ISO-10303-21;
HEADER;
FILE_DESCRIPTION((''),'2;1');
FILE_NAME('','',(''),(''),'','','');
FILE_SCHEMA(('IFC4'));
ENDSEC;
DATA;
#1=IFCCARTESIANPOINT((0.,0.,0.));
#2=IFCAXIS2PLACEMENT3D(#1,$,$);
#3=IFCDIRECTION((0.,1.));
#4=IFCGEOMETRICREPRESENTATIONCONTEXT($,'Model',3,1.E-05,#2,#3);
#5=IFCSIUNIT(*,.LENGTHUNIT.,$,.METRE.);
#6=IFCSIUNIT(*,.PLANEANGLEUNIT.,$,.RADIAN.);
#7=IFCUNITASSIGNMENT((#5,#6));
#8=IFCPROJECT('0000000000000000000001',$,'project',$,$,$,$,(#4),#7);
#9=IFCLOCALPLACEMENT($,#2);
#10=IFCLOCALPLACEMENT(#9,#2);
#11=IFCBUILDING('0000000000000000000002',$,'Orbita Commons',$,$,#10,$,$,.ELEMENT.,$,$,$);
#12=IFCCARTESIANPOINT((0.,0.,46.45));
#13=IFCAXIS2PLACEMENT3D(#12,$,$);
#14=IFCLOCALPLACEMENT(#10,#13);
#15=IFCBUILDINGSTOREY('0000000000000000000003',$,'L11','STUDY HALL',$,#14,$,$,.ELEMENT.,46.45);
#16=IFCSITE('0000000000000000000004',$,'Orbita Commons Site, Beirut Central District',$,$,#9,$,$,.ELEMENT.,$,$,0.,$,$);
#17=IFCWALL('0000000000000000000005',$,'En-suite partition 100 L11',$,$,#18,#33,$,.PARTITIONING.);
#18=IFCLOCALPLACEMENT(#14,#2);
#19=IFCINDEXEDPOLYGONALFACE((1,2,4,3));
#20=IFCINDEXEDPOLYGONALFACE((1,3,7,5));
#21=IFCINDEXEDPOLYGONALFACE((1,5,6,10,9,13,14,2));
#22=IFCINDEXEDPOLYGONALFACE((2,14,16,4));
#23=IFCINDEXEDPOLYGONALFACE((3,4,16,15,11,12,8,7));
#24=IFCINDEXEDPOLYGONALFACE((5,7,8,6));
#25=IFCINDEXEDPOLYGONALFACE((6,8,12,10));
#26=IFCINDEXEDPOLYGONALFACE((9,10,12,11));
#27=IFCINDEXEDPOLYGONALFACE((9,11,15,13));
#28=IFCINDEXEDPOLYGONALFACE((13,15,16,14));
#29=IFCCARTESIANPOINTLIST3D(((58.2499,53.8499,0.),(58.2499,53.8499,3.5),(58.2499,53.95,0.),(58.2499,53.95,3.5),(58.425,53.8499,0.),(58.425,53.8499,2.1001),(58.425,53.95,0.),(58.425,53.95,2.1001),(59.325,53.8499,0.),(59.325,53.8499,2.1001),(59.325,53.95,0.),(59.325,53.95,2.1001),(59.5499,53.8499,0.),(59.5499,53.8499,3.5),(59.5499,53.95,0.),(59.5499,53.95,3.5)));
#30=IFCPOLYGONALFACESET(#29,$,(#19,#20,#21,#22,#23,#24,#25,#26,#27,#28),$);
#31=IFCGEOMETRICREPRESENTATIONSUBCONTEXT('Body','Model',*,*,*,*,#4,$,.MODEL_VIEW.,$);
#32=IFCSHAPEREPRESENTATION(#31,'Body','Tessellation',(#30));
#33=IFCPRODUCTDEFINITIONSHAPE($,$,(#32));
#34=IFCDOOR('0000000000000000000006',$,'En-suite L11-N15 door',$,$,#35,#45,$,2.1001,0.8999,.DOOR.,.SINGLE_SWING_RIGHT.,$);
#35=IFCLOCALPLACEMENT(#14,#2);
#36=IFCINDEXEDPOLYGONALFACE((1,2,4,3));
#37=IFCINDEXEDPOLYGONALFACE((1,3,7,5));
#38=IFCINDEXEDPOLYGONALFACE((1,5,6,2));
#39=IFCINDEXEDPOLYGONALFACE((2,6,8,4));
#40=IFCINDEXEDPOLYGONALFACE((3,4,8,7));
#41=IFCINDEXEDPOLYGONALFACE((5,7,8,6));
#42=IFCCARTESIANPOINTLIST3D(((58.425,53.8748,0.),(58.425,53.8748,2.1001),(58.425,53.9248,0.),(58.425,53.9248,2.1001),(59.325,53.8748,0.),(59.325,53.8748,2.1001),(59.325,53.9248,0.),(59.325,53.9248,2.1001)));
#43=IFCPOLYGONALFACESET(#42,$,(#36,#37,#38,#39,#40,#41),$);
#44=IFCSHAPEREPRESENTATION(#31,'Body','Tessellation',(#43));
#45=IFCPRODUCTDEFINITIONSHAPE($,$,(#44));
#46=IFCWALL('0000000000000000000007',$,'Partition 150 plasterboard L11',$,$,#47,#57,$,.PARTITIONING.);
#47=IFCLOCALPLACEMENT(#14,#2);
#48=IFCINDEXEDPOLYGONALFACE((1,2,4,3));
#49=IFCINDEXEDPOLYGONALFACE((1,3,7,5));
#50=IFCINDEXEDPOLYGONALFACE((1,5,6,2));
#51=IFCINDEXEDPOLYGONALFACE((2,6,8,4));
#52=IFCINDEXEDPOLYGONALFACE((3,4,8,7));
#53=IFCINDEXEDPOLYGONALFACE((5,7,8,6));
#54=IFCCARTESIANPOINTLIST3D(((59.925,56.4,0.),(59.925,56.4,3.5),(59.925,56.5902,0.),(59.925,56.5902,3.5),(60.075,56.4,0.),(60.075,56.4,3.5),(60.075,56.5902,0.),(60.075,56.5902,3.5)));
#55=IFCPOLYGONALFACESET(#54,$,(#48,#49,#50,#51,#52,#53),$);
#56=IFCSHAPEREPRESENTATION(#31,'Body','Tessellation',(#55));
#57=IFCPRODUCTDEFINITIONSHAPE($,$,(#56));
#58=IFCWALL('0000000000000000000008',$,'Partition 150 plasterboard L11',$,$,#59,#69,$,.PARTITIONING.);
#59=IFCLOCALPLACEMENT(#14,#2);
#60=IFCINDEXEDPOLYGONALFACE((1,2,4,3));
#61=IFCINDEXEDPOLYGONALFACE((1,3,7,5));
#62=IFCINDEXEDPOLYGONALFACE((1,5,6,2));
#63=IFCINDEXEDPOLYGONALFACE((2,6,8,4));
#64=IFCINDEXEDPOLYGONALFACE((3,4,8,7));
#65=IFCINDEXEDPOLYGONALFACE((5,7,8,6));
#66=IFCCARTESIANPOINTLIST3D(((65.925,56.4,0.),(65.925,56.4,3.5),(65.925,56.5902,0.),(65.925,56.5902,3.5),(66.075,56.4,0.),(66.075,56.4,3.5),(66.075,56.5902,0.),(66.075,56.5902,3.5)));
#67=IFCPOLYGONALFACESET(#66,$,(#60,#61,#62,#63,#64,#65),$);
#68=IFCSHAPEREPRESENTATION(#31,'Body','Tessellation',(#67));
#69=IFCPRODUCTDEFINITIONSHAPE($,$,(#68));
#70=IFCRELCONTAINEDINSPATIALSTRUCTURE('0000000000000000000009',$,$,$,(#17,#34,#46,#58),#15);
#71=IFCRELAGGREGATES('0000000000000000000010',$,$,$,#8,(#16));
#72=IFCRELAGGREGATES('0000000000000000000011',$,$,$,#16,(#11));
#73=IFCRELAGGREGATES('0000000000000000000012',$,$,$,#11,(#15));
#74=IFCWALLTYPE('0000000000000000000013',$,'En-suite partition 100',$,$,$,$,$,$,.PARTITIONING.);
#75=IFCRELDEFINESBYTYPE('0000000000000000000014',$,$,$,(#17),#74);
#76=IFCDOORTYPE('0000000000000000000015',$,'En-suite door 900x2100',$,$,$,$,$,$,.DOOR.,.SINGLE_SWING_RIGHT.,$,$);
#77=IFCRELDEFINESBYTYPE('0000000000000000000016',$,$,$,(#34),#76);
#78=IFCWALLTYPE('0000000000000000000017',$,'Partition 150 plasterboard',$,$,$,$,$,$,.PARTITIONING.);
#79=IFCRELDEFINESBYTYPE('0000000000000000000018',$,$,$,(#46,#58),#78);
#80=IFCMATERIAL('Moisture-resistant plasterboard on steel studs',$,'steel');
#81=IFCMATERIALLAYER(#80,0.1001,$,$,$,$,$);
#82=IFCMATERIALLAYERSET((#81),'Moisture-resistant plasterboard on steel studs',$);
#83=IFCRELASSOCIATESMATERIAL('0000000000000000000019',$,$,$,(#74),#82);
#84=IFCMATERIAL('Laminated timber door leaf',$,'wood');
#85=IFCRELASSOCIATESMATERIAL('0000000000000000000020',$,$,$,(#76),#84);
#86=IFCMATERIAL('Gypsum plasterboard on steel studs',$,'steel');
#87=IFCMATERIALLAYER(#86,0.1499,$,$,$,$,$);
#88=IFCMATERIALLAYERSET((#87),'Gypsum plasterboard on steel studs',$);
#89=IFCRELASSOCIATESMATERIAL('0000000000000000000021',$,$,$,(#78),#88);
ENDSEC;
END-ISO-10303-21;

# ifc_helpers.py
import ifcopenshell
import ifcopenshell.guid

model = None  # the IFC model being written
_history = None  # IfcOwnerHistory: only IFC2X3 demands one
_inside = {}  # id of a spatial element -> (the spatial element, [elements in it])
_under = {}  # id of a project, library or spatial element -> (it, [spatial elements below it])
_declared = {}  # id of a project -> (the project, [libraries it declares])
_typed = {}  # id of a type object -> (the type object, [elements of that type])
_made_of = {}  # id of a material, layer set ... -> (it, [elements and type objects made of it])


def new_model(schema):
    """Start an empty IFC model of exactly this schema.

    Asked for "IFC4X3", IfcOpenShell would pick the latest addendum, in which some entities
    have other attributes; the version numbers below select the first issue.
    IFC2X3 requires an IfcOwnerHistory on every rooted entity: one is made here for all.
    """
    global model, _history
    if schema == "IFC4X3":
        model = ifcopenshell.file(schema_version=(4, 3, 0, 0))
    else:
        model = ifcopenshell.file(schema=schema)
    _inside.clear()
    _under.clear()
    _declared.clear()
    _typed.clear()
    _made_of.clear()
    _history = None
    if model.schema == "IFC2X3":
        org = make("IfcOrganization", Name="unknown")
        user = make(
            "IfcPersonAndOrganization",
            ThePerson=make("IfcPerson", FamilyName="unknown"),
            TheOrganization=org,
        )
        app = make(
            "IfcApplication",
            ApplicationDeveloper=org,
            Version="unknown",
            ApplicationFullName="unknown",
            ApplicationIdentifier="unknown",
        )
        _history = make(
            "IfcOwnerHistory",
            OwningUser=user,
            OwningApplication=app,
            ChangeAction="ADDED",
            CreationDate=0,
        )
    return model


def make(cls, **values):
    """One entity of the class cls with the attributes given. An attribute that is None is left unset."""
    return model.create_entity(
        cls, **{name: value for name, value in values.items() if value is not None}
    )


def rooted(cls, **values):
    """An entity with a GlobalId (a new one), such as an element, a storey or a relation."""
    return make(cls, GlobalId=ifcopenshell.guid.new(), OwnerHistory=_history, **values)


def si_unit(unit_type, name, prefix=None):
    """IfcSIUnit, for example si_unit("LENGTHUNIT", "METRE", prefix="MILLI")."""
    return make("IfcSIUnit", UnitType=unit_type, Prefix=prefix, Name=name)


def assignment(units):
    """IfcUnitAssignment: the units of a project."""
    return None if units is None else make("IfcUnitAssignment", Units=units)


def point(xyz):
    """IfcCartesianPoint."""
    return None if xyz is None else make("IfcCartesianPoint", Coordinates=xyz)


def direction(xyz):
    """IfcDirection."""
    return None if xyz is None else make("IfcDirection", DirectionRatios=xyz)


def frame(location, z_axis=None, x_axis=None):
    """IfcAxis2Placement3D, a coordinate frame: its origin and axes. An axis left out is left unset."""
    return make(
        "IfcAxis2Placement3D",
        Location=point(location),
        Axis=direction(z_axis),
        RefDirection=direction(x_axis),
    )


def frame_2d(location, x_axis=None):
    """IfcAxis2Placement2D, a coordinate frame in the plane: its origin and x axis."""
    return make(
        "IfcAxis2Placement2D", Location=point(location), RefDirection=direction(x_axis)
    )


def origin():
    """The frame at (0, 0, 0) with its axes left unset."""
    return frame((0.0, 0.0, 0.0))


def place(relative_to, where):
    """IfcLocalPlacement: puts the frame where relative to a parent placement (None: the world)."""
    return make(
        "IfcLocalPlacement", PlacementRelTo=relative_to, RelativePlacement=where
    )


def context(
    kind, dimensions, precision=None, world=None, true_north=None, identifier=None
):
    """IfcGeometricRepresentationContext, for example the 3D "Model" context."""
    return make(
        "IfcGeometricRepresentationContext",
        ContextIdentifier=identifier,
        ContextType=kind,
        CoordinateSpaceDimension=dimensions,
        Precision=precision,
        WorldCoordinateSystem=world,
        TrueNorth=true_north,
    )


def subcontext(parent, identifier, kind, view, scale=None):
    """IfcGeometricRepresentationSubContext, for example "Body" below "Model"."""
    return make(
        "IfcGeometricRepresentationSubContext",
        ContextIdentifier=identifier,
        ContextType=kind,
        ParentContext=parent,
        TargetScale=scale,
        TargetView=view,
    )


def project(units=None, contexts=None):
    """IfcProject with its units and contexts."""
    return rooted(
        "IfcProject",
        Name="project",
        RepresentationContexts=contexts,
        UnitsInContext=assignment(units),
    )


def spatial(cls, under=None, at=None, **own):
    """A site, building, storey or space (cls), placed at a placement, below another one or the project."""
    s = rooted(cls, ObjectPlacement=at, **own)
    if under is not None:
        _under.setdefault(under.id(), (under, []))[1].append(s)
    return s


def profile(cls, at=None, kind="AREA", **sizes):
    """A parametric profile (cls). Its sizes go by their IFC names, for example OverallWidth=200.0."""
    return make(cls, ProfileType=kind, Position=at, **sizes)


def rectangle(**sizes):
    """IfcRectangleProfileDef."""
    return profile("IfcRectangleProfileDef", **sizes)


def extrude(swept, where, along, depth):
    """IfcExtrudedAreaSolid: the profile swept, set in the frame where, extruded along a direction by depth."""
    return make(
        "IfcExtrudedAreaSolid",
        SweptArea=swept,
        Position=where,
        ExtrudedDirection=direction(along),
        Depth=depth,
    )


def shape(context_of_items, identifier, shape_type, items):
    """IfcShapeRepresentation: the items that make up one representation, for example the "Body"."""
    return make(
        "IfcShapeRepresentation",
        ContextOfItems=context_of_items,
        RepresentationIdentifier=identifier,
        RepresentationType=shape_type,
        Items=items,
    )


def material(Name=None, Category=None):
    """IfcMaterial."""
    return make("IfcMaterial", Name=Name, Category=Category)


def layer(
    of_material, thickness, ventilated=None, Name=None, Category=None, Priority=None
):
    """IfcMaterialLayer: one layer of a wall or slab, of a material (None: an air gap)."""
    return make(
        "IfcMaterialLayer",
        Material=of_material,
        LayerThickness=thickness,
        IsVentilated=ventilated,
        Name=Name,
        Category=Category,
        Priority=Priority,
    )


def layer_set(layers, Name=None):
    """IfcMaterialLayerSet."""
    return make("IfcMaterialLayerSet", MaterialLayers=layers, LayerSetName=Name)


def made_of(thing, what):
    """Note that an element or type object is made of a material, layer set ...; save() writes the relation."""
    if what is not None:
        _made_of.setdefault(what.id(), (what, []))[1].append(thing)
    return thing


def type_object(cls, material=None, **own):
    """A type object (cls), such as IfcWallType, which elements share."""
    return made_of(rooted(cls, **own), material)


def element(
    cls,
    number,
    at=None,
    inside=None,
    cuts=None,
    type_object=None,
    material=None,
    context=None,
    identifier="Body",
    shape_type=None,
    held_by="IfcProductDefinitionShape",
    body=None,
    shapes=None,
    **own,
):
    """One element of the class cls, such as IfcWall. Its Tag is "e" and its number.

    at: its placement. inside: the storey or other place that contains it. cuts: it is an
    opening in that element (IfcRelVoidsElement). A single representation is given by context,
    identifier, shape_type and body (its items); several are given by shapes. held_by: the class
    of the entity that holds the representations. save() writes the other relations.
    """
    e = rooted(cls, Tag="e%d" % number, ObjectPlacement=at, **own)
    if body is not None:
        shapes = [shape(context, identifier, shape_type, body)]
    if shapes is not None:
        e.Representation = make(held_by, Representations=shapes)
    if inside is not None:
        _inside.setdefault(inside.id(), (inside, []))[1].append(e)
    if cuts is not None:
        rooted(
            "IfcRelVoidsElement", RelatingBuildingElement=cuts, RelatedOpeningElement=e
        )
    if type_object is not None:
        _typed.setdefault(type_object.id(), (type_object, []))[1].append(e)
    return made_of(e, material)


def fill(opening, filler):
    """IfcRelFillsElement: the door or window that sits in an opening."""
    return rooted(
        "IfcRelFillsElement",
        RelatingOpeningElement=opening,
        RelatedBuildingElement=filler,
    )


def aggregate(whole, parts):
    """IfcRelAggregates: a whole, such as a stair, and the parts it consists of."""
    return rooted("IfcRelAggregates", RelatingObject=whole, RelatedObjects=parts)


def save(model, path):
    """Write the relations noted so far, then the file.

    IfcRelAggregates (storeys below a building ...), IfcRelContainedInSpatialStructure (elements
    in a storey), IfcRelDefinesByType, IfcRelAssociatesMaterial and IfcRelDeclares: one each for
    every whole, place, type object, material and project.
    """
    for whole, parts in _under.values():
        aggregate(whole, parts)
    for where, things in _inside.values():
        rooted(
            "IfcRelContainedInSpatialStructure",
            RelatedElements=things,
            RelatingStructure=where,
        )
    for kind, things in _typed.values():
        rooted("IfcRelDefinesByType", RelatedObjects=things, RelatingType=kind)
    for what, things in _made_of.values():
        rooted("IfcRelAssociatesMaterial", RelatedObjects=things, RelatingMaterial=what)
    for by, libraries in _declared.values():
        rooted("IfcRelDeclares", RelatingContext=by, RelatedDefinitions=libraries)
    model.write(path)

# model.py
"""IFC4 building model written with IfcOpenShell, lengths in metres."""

from ifc_helpers import new_model, si_unit, direction, frame, frame_2d, origin, place, context, subcontext, project, spatial, rectangle, extrude, material, layer, layer_set, type_object, element, fill, save


model = new_model("IFC4")

# Units and contexts
model_context = context("Model", 3, precision=1e-05, world=origin(), true_north=direction((0.0, 1.0)))
body_context = subcontext(model_context, "Body", "Model", "MODEL_VIEW")
ifc_project = project(units=[si_unit("LENGTHUNIT", "METRE"), si_unit("PLANEANGLEUNIT", "RADIAN")], contexts=[model_context])

# Site, building, storey
site_placement = place(None, origin())
site = spatial("IfcSite", under=ifc_project, at=site_placement, Name="Orbita Commons Site, Beirut Central District", CompositionType="ELEMENT", RefElevation=0.0)
building_placement = place(site_placement, origin())
building = spatial("IfcBuilding", under=site, at=building_placement, Name="Orbita Commons", CompositionType="ELEMENT")
storey_placement = place(building_placement, frame((0.0, 0.0, 46.45)))
storey = spatial("IfcBuildingStorey", under=building, at=storey_placement, Name="L11", Description="STUDY HALL", CompositionType="ELEMENT", Elevation=46.45)

# Wall, opening, door
ifc_material_1 = material(Name="Moisture-resistant plasterboard on steel studs", Category="steel")
ifc_layer_1 = layer(ifc_material_1, 0.1001)
ifc_layer_set_1 = layer_set([ifc_layer_1], Name="Moisture-resistant plasterboard on steel studs")
wall_type_1 = type_object("IfcWallType", Name="En-suite partition 100", PredefinedType="PARTITIONING", material=ifc_layer_set_1)
wall_placement = place(storey_placement, frame((58.25, 53.8999, 0.0), z_axis=(0.0, 0.0, 1.0), x_axis=(1.0, 0.0, 0.0)))
wall = element("IfcWall", 1, at=wall_placement, inside=storey, type_object=wall_type_1, Name="En-suite partition 100 L11", PredefinedType="PARTITIONING", context=body_context, shape_type="SweptSolid", body=[
    extrude(rectangle(XDim=1.3, YDim=0.1001, at=frame_2d((0.6499, 0.0))), origin(), (0.0, 0.0, 1.0), 3.5),
])
opening_placement = place(wall_placement, frame((0.175, 0.0, 0.0)))
opening = element("IfcOpeningElement", 2, at=opening_placement, cuts=wall, PredefinedType="OPENING", context=body_context, shape_type="SweptSolid", body=[
    extrude(rectangle(XDim=0.8999, YDim=2.1001, at=frame_2d((0.45, 1.05))), frame((0.0, 0.0601, 0.0), z_axis=(0.0, -1.0, 0.0), x_axis=(1.0, 0.0, 0.0)), (0.0, 0.0, 1.0), 0.1201),
])
ifc_material_2 = material(Name="Laminated timber door leaf", Category="wood")
door_type = type_object("IfcDoorType", Name="En-suite door 900x2100", OperationType="SINGLE_SWING_RIGHT", PredefinedType="DOOR", material=ifc_material_2)
door_placement = place(opening_placement, origin())
door = element("IfcDoor", 3, at=door_placement, inside=storey, type_object=door_type, Name="En-suite L11-N15 door", OperationType="SINGLE_SWING_RIGHT", OverallHeight=2.1001, OverallWidth=0.8999, PredefinedType="DOOR", context=body_context, shape_type="SweptSolid", body=[
    extrude(rectangle(XDim=0.8999, YDim=2.1001, at=frame_2d((0.45, 1.05))), frame((0.0, 0.0249, 0.0), z_axis=(0.0, -1.0, 0.0), x_axis=(1.0, 0.0, 0.0)), (0.0, 0.0, 1.0), 0.05),
])
fill(opening, door)

# Walls
ifc_material_3 = material(Name="Gypsum plasterboard on steel studs", Category="steel")
ifc_layer_2 = layer(ifc_material_3, 0.1499)
ifc_layer_set_2 = layer_set([ifc_layer_2], Name="Gypsum plasterboard on steel studs")
wall_type_2 = type_object("IfcWallType", Name="Partition 150 plasterboard", PredefinedType="PARTITIONING", material=ifc_layer_set_2)
for number, where, z_axis, x_axis, name in (
    (4, (60.0, 56.3999, 0.0), (0.0, 0.0, 1.0), (0.0, 1.0, 0.0), "Partition 150 plasterboard L11"),
    (5, (66.0, 56.3999, 0.0), (0.0, 0.0, 1.0), (0.0, 1.0, 0.0), "Partition 150 plasterboard L11"),
):
    element("IfcWall", number, at=place(storey_placement, frame(where, z_axis=z_axis, x_axis=x_axis)), inside=storey, type_object=wall_type_2, Name=name, PredefinedType="PARTITIONING", context=body_context, shape_type="SweptSolid", body=[
        extrude(rectangle(XDim=0.1902, YDim=0.1499, at=frame_2d((0.0952, 0.0))), origin(), (0.0, 0.0, 1.0), 3.5),
    ])

save(model, "model.ifc")
